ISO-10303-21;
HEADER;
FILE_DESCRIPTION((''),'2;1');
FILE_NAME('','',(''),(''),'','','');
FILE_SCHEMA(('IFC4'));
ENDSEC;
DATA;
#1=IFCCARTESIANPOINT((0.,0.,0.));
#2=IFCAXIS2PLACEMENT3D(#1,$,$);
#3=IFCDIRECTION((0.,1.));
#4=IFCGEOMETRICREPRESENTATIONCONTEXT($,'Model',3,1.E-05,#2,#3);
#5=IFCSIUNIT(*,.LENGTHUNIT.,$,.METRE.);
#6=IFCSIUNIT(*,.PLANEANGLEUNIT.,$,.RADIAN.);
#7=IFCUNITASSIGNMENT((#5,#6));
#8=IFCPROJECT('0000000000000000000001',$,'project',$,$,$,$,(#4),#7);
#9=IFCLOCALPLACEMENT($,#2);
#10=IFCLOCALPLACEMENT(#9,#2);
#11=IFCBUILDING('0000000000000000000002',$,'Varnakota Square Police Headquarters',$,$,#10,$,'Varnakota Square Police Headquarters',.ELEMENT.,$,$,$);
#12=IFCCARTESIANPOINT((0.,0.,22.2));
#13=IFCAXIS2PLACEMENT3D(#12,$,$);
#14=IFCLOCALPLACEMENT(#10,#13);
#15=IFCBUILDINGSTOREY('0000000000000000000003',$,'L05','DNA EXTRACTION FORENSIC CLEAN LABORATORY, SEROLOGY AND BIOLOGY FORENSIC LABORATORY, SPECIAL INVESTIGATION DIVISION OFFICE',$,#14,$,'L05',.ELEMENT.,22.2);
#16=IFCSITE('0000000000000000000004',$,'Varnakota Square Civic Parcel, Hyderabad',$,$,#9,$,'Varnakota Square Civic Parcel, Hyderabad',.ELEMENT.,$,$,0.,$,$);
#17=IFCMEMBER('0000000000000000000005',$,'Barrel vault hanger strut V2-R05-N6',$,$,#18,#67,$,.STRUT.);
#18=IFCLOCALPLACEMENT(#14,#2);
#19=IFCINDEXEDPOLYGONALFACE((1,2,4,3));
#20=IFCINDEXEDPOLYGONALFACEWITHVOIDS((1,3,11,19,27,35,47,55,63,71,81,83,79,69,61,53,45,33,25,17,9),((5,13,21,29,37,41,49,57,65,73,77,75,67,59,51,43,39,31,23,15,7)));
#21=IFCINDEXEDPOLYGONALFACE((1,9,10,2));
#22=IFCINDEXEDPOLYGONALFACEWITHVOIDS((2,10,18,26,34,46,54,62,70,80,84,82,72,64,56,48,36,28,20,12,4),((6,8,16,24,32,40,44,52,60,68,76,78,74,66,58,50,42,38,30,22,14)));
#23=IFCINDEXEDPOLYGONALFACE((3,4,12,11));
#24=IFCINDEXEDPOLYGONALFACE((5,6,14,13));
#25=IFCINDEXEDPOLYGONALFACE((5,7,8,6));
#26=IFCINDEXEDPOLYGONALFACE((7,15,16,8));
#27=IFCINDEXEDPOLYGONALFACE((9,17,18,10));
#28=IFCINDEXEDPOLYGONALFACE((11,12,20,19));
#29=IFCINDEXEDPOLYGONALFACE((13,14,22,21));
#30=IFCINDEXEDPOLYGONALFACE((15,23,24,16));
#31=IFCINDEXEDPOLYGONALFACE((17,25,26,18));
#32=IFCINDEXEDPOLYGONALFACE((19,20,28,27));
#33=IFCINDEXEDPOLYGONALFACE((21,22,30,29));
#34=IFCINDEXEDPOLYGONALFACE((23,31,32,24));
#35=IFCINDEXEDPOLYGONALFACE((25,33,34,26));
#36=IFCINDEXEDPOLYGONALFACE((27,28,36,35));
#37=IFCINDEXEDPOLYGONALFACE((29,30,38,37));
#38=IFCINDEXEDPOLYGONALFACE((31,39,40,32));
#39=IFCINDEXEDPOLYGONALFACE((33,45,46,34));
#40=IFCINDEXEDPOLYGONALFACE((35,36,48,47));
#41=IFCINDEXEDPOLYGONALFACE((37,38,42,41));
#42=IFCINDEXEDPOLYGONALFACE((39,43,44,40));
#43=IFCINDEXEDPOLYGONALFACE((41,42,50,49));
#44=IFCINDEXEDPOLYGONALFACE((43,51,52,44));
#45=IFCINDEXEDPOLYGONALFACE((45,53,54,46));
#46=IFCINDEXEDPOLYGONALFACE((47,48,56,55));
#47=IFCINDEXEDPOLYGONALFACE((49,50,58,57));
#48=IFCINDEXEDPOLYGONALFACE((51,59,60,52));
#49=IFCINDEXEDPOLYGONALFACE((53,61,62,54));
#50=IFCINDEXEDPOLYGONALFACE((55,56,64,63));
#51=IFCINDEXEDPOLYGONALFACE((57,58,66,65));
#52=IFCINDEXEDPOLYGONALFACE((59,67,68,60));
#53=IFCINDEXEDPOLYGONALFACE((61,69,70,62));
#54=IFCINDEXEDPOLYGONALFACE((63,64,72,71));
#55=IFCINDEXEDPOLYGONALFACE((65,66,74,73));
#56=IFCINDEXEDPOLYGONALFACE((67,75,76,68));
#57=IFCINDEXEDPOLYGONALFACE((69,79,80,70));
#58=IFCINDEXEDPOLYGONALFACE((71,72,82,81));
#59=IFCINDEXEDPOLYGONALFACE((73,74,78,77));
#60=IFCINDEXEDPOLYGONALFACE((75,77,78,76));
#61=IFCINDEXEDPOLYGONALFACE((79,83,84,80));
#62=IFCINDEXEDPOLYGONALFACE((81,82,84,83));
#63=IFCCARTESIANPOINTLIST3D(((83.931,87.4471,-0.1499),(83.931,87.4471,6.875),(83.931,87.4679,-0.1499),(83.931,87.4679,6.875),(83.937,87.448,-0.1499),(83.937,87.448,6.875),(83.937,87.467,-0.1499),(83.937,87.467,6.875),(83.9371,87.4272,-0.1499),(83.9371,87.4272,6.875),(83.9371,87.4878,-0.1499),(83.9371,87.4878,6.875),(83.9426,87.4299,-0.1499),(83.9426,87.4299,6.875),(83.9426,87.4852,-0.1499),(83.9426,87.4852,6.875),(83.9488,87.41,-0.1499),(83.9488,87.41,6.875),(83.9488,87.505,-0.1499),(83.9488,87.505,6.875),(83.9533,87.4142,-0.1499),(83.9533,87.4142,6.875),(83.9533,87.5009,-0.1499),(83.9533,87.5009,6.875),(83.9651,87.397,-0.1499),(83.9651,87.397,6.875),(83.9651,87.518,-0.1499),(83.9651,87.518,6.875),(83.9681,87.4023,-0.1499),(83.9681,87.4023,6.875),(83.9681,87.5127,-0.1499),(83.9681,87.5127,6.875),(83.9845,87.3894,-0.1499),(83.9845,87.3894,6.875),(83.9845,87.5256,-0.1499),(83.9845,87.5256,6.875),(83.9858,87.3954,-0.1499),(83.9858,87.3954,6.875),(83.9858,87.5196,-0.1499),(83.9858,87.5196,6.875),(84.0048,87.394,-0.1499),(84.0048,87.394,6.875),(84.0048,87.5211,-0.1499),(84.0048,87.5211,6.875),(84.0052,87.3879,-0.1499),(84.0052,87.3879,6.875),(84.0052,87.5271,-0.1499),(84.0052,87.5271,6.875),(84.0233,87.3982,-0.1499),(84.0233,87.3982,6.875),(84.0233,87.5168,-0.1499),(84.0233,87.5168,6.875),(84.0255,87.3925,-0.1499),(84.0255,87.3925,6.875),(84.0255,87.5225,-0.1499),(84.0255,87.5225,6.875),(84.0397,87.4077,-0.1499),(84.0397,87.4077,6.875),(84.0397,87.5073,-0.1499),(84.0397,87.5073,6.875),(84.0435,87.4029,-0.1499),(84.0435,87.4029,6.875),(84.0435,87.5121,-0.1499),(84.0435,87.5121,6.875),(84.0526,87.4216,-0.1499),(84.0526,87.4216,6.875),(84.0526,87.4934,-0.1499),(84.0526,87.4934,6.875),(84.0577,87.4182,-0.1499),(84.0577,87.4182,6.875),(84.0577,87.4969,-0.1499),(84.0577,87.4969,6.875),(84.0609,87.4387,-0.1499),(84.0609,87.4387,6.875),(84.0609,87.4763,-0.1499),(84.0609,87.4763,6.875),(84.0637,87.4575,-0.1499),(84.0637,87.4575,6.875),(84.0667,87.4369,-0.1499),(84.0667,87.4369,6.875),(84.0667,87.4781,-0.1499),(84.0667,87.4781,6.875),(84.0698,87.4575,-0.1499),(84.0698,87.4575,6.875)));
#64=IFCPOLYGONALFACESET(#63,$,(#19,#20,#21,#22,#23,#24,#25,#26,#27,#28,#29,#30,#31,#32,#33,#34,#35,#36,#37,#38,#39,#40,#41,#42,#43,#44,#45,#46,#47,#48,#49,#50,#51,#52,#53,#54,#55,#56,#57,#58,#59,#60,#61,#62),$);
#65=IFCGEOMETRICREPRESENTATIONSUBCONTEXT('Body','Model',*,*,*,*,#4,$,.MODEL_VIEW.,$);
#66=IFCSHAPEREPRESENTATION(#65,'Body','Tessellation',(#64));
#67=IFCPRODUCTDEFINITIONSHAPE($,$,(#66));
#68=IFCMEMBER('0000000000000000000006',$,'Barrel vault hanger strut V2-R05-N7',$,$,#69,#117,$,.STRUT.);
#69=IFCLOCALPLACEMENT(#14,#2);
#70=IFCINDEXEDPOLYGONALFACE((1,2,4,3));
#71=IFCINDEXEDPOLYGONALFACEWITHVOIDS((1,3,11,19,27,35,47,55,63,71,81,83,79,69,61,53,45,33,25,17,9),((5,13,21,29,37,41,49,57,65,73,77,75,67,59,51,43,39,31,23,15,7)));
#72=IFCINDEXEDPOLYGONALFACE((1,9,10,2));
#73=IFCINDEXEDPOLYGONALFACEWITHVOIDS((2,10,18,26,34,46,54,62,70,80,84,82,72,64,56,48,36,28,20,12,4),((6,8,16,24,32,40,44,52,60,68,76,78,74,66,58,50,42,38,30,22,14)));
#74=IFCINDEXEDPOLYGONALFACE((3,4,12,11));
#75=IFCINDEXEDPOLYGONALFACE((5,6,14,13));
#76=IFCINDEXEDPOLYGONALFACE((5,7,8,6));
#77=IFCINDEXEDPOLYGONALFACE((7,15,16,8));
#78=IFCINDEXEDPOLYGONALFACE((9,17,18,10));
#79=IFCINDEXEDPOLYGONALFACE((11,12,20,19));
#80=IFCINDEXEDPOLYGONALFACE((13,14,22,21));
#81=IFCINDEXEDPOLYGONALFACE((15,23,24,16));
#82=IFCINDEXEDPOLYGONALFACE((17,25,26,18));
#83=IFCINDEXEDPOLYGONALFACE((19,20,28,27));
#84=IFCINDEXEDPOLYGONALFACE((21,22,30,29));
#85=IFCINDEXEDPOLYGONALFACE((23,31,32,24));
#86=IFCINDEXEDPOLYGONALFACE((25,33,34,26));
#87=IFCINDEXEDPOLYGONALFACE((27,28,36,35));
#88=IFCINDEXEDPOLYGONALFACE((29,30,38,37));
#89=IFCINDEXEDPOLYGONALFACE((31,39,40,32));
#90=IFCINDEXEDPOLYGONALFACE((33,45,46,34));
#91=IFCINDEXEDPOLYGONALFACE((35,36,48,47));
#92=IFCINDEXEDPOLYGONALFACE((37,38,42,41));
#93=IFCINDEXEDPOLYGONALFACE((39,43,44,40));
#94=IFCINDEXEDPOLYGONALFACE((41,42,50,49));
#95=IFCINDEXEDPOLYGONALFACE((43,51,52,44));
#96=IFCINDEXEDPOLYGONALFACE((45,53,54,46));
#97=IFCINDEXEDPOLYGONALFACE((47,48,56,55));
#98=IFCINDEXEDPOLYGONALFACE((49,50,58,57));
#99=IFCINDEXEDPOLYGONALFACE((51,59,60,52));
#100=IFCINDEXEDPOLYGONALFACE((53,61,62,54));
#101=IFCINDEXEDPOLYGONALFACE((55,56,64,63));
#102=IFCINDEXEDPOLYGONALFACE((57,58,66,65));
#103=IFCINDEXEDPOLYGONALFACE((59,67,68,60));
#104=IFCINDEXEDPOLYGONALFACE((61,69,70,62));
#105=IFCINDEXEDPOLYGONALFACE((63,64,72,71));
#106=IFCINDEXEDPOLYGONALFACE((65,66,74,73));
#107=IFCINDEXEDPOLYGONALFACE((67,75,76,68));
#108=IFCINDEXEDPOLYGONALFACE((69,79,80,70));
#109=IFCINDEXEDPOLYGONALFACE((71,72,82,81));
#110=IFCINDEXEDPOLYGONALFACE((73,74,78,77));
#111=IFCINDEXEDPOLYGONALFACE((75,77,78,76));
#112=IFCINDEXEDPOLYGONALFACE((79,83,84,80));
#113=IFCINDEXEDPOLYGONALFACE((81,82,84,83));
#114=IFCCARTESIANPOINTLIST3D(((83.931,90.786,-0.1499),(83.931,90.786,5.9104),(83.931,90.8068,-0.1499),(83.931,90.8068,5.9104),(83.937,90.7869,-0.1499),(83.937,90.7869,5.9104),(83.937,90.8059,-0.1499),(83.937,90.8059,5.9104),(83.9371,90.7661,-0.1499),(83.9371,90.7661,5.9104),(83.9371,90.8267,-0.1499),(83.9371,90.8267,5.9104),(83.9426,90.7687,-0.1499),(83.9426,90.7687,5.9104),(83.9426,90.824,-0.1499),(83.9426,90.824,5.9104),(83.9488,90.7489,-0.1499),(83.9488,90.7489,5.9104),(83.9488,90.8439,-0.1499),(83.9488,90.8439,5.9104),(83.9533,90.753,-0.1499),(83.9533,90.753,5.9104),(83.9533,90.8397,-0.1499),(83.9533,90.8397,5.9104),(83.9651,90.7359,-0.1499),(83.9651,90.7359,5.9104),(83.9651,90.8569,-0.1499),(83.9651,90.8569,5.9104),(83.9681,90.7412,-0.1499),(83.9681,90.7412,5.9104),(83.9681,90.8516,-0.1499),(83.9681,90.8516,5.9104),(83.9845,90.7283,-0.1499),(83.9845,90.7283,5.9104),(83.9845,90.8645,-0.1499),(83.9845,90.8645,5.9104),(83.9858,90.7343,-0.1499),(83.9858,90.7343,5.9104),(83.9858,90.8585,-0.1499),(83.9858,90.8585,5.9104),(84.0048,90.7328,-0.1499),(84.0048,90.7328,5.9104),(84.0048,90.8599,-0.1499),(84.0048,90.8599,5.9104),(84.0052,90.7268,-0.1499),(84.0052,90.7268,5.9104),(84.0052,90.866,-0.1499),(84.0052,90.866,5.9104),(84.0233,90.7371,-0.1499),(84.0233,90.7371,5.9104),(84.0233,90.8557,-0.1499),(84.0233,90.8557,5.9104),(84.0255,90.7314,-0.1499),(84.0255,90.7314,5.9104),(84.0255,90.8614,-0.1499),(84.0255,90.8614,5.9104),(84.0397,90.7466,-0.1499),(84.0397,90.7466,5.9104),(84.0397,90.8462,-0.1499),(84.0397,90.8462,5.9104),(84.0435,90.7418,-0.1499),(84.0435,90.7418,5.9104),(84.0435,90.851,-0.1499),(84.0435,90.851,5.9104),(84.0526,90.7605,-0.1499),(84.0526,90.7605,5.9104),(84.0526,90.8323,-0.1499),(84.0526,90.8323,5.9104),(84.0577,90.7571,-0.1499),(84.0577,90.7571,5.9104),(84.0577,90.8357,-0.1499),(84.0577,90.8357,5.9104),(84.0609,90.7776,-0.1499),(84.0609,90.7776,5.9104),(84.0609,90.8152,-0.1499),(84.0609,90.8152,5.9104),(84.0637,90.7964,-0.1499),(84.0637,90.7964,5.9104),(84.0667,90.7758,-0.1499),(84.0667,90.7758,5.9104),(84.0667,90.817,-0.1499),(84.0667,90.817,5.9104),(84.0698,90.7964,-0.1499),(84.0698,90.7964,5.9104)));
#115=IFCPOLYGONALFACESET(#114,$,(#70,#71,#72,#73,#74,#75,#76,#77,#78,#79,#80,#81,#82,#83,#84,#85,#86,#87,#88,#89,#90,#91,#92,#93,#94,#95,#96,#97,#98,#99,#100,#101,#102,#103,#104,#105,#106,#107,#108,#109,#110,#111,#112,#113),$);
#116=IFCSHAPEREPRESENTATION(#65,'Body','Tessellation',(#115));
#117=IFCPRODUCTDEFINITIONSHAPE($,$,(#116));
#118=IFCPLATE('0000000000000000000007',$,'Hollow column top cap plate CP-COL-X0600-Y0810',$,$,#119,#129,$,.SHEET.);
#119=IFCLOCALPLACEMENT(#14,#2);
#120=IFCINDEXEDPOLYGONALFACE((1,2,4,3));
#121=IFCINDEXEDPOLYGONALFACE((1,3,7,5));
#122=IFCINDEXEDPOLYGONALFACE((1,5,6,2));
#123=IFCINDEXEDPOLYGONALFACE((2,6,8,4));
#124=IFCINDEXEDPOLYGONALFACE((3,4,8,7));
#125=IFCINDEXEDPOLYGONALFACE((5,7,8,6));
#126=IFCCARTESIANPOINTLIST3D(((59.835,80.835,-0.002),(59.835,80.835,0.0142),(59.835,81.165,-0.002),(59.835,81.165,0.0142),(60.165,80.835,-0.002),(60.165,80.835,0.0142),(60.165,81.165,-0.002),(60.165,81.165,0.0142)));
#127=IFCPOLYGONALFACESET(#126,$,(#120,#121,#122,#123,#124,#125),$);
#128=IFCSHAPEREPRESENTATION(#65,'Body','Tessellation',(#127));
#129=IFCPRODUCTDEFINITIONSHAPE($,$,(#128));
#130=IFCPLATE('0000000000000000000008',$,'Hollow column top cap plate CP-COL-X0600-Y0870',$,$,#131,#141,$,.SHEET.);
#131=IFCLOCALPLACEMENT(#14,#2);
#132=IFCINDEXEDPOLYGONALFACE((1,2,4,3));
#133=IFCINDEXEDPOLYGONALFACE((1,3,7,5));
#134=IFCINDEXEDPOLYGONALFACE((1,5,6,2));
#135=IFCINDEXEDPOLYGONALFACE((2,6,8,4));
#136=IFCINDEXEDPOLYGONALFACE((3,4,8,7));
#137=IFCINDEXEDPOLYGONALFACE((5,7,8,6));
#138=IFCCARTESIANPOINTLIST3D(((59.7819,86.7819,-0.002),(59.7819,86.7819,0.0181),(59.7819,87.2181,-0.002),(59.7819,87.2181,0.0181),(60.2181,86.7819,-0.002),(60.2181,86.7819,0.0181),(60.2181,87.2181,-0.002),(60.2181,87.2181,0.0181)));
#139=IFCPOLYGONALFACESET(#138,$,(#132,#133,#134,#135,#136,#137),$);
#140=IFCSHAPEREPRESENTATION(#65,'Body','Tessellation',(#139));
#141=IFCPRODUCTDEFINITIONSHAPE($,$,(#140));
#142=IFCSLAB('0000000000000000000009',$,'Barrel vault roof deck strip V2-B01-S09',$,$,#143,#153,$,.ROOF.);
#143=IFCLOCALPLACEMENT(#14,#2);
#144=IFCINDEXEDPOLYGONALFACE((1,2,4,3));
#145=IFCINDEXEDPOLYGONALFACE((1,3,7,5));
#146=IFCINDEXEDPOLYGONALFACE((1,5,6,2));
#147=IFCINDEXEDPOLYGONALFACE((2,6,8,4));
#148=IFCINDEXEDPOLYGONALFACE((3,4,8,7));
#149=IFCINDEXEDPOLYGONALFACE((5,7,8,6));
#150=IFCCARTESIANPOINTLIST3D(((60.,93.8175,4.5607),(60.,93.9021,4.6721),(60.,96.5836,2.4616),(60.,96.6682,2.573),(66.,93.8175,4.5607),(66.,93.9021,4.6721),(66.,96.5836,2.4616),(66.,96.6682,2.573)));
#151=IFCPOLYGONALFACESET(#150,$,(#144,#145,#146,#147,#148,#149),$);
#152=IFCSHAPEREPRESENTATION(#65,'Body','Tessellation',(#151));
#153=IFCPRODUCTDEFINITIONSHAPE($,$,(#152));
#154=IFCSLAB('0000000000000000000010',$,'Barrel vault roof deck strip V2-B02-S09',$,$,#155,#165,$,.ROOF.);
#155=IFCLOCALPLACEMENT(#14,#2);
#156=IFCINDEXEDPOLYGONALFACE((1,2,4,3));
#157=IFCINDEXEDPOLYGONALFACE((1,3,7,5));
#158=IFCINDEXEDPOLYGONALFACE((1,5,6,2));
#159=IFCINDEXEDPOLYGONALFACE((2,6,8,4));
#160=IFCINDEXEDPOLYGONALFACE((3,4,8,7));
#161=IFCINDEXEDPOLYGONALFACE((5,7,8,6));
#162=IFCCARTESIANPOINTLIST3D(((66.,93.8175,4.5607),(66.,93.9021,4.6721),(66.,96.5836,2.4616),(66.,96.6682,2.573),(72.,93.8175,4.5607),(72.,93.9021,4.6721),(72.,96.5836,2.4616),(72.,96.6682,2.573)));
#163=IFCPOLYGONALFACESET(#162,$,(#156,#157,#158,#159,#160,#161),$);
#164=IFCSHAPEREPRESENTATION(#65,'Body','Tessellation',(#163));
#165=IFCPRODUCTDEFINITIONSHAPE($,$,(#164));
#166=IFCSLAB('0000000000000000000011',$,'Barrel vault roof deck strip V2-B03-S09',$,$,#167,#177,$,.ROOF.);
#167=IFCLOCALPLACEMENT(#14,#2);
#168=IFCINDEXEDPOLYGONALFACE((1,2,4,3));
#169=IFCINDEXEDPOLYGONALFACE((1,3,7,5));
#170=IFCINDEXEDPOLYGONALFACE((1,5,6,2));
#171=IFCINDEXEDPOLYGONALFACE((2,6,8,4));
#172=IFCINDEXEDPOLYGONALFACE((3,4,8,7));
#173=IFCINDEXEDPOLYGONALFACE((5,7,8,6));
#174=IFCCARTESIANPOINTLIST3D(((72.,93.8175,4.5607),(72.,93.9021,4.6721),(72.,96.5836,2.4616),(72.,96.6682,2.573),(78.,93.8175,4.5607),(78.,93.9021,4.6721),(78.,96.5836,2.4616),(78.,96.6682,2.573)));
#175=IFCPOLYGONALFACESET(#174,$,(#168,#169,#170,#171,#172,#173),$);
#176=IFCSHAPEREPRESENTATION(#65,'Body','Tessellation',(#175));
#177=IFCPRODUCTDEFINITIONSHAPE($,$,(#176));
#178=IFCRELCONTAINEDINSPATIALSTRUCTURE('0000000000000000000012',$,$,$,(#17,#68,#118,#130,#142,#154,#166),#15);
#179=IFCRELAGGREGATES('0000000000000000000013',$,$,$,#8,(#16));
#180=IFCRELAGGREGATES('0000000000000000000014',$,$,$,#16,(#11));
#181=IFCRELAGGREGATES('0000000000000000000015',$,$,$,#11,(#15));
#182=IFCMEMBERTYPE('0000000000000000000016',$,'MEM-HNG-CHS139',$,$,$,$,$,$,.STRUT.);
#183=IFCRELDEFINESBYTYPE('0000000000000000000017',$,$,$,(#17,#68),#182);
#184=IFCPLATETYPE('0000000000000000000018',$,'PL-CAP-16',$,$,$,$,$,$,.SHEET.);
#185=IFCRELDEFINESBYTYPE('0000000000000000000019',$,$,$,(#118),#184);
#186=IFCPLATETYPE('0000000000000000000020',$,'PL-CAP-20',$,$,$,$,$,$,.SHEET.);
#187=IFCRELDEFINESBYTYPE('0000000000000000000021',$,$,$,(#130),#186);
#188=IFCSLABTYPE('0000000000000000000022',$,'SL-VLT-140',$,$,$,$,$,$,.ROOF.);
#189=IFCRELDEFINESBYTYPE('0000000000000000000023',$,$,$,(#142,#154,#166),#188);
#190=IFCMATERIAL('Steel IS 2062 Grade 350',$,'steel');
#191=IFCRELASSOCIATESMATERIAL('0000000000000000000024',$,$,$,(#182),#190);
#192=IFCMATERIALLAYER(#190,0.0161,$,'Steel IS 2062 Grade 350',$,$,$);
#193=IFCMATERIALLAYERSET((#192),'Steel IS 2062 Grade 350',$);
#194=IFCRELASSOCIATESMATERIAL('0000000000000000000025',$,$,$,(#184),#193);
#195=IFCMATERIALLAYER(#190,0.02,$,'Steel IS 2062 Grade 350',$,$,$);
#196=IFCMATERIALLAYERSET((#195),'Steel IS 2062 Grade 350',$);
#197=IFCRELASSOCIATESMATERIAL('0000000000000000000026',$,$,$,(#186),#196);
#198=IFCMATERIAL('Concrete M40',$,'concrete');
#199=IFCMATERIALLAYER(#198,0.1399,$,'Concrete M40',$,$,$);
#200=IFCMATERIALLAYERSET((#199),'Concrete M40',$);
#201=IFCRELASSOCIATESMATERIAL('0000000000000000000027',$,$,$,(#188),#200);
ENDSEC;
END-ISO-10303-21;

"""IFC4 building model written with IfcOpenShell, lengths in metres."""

from ifc_helpers import new_model, si_unit, direction, frame, origin, origin_2d, place, context, subcontext, project, spatial, polyline, rectangle, hollow_circle, outline, extrude, material, layer, layer_set, material_profile, profile_set, type_object, element, save


model = new_model("IFC4")

# Units and contexts
model_context = context("Model", 3, precision=1e-05, world=origin(), true_north=direction((0.0, 1.0)))
body_context = subcontext(model_context, "Body", "Model", "MODEL_VIEW")
ifc_project = project(units=[si_unit("LENGTHUNIT", "METRE"), si_unit("PLANEANGLEUNIT", "RADIAN")], contexts=[model_context])

# Site, building, storey
site_placement = place(None, origin())
site = spatial("IfcSite", under=ifc_project, at=site_placement, Name="Varnakota Square Civic Parcel, Hyderabad", LongName="Varnakota Square Civic Parcel, Hyderabad", CompositionType="ELEMENT", RefElevation=0.0)
building_placement = place(site_placement, origin())
building = spatial("IfcBuilding", under=site, at=building_placement, Name="Varnakota Square Police Headquarters", LongName="Varnakota Square Police Headquarters", CompositionType="ELEMENT")
storey_placement = place(building_placement, frame((0.0, 0.0, 22.2)))
storey = spatial("IfcBuildingStorey", under=building, at=storey_placement, Name="L05", Description="DNA EXTRACTION FORENSIC CLEAN LABORATORY, SEROLOGY AND BIOLOGY FORENSIC LABORATORY, SPECIAL INVESTIGATION DIVISION OFFICE", LongName="L05", CompositionType="ELEMENT", Elevation=22.2)

# Shared definitions
ifc_material_1 = material(Name="Steel IS 2062 Grade 350", Category="steel")

# Members
ifc_material_profile_1 = material_profile(ifc_material_1, hollow_circle(Radius=0.0698, WallThickness=0.0061, at=origin_2d()), Name="CHS 139.7x6.0")
ifc_profile_set_1 = profile_set([ifc_material_profile_1], Name="Steel IS 2062 Grade 350")
member_type = type_object("IfcMemberType", Name="MEM-HNG-CHS139", PredefinedType="STRUT", material=ifc_profile_set_1)
member_1_placement = place(storey_placement, frame((84.0, 87.4575, -0.1499), z_axis=(0.0, 0.0, 1.0), x_axis=(1.0, 0.0, 0.0)))
element("IfcMember", 1, at=member_1_placement, inside=storey, type_object=member_type, Name="Barrel vault hanger strut V2-R05-N6", PredefinedType="STRUT", context=body_context, shape_type="SweptSolid", body=[
    extrude(hollow_circle(Radius=0.0698, WallThickness=0.0061, at=origin_2d()), origin(), (0.0, 0.0, 1.0), 7.0249),
])
member_2_placement = place(storey_placement, frame((84.0, 90.7964, -0.1499), z_axis=(0.0, 0.0, 1.0), x_axis=(1.0, 0.0, 0.0)))
element("IfcMember", 2, at=member_2_placement, inside=storey, type_object=member_type, Name="Barrel vault hanger strut V2-R05-N7", PredefinedType="STRUT", context=body_context, shape_type="SweptSolid", body=[
    extrude(hollow_circle(Radius=0.0698, WallThickness=0.0061, at=origin_2d()), origin(), (0.0, 0.0, 1.0), 6.0603),
])

# Plates
ifc_layer_1 = layer(ifc_material_1, 0.0161, Name="Steel IS 2062 Grade 350")
ifc_layer_set_1 = layer_set([ifc_layer_1], Name="Steel IS 2062 Grade 350")
plate_type_1 = type_object("IfcPlateType", Name="PL-CAP-16", PredefinedType="SHEET", material=ifc_layer_set_1)
plate_1_placement = place(storey_placement, frame((60.0, 81.0, -0.002), z_axis=(0.0, 0.0, 1.0), x_axis=(1.0, 0.0, 0.0)))
element("IfcPlate", 3, at=plate_1_placement, inside=storey, type_object=plate_type_1, Name="Hollow column top cap plate CP-COL-X0600-Y0810", PredefinedType="SHEET", context=body_context, shape_type="SweptSolid", body=[
    extrude(rectangle(XDim=0.3301, YDim=0.3301, at=origin_2d()), origin(), (0.0, 0.0, 1.0), 0.0161),
])
ifc_layer_2 = layer(ifc_material_1, 0.02, Name="Steel IS 2062 Grade 350")
ifc_layer_set_2 = layer_set([ifc_layer_2], Name="Steel IS 2062 Grade 350")
plate_type_2 = type_object("IfcPlateType", Name="PL-CAP-20", PredefinedType="SHEET", material=ifc_layer_set_2)
plate_2_placement = place(storey_placement, frame((60.0, 87.0, -0.002), z_axis=(0.0, 0.0, 1.0), x_axis=(1.0, 0.0, 0.0)))
element("IfcPlate", 4, at=plate_2_placement, inside=storey, type_object=plate_type_2, Name="Hollow column top cap plate CP-COL-X0600-Y0870", PredefinedType="SHEET", context=body_context, shape_type="SweptSolid", body=[
    extrude(rectangle(XDim=0.4363, YDim=0.4363, at=origin_2d()), origin(), (0.0, 0.0, 1.0), 0.02),
])

# Slabs
ifc_material_2 = material(Name="Concrete M40", Category="concrete")
ifc_layer_3 = layer(ifc_material_2, 0.1399, Name="Concrete M40")
ifc_layer_set_3 = layer_set([ifc_layer_3], Name="Concrete M40")
slab_type = type_object("IfcSlabType", Name="SL-VLT-140", PredefinedType="ROOF", material=ifc_layer_set_3)
for number, where, z_axis, x_axis, name in (
    (5, (60.0, 93.9021, 4.6721), (0.0, 0.604513, 0.796596), (1.0, 0.0, 0.0), "Barrel vault roof deck strip V2-B01-S09"),
    (6, (66.0, 93.9021, 4.6721), (0.0, 0.604513, 0.796596), (1.0, 0.0, 0.0), "Barrel vault roof deck strip V2-B02-S09"),
    (7, (72.0, 93.9021, 4.6721), (0.0, 0.604513, 0.796596), (1.0, 0.0, 0.0), "Barrel vault roof deck strip V2-B03-S09"),
):
    element("IfcSlab", number, at=place(storey_placement, frame(where, z_axis=z_axis, x_axis=x_axis)), inside=storey, type_object=slab_type, Name=name, PredefinedType="ROOF", context=body_context, shape_type="SweptSolid", body=[
        extrude(outline(polyline([(0.0, 0.0), (6.0, 0.0), (6.0, 3.4724), (0.0, 3.4724), (0.0, 0.0)])), origin(), (0.0, 0.0, -1.0), 0.1399),
    ])

save(model, "model.ifc")
